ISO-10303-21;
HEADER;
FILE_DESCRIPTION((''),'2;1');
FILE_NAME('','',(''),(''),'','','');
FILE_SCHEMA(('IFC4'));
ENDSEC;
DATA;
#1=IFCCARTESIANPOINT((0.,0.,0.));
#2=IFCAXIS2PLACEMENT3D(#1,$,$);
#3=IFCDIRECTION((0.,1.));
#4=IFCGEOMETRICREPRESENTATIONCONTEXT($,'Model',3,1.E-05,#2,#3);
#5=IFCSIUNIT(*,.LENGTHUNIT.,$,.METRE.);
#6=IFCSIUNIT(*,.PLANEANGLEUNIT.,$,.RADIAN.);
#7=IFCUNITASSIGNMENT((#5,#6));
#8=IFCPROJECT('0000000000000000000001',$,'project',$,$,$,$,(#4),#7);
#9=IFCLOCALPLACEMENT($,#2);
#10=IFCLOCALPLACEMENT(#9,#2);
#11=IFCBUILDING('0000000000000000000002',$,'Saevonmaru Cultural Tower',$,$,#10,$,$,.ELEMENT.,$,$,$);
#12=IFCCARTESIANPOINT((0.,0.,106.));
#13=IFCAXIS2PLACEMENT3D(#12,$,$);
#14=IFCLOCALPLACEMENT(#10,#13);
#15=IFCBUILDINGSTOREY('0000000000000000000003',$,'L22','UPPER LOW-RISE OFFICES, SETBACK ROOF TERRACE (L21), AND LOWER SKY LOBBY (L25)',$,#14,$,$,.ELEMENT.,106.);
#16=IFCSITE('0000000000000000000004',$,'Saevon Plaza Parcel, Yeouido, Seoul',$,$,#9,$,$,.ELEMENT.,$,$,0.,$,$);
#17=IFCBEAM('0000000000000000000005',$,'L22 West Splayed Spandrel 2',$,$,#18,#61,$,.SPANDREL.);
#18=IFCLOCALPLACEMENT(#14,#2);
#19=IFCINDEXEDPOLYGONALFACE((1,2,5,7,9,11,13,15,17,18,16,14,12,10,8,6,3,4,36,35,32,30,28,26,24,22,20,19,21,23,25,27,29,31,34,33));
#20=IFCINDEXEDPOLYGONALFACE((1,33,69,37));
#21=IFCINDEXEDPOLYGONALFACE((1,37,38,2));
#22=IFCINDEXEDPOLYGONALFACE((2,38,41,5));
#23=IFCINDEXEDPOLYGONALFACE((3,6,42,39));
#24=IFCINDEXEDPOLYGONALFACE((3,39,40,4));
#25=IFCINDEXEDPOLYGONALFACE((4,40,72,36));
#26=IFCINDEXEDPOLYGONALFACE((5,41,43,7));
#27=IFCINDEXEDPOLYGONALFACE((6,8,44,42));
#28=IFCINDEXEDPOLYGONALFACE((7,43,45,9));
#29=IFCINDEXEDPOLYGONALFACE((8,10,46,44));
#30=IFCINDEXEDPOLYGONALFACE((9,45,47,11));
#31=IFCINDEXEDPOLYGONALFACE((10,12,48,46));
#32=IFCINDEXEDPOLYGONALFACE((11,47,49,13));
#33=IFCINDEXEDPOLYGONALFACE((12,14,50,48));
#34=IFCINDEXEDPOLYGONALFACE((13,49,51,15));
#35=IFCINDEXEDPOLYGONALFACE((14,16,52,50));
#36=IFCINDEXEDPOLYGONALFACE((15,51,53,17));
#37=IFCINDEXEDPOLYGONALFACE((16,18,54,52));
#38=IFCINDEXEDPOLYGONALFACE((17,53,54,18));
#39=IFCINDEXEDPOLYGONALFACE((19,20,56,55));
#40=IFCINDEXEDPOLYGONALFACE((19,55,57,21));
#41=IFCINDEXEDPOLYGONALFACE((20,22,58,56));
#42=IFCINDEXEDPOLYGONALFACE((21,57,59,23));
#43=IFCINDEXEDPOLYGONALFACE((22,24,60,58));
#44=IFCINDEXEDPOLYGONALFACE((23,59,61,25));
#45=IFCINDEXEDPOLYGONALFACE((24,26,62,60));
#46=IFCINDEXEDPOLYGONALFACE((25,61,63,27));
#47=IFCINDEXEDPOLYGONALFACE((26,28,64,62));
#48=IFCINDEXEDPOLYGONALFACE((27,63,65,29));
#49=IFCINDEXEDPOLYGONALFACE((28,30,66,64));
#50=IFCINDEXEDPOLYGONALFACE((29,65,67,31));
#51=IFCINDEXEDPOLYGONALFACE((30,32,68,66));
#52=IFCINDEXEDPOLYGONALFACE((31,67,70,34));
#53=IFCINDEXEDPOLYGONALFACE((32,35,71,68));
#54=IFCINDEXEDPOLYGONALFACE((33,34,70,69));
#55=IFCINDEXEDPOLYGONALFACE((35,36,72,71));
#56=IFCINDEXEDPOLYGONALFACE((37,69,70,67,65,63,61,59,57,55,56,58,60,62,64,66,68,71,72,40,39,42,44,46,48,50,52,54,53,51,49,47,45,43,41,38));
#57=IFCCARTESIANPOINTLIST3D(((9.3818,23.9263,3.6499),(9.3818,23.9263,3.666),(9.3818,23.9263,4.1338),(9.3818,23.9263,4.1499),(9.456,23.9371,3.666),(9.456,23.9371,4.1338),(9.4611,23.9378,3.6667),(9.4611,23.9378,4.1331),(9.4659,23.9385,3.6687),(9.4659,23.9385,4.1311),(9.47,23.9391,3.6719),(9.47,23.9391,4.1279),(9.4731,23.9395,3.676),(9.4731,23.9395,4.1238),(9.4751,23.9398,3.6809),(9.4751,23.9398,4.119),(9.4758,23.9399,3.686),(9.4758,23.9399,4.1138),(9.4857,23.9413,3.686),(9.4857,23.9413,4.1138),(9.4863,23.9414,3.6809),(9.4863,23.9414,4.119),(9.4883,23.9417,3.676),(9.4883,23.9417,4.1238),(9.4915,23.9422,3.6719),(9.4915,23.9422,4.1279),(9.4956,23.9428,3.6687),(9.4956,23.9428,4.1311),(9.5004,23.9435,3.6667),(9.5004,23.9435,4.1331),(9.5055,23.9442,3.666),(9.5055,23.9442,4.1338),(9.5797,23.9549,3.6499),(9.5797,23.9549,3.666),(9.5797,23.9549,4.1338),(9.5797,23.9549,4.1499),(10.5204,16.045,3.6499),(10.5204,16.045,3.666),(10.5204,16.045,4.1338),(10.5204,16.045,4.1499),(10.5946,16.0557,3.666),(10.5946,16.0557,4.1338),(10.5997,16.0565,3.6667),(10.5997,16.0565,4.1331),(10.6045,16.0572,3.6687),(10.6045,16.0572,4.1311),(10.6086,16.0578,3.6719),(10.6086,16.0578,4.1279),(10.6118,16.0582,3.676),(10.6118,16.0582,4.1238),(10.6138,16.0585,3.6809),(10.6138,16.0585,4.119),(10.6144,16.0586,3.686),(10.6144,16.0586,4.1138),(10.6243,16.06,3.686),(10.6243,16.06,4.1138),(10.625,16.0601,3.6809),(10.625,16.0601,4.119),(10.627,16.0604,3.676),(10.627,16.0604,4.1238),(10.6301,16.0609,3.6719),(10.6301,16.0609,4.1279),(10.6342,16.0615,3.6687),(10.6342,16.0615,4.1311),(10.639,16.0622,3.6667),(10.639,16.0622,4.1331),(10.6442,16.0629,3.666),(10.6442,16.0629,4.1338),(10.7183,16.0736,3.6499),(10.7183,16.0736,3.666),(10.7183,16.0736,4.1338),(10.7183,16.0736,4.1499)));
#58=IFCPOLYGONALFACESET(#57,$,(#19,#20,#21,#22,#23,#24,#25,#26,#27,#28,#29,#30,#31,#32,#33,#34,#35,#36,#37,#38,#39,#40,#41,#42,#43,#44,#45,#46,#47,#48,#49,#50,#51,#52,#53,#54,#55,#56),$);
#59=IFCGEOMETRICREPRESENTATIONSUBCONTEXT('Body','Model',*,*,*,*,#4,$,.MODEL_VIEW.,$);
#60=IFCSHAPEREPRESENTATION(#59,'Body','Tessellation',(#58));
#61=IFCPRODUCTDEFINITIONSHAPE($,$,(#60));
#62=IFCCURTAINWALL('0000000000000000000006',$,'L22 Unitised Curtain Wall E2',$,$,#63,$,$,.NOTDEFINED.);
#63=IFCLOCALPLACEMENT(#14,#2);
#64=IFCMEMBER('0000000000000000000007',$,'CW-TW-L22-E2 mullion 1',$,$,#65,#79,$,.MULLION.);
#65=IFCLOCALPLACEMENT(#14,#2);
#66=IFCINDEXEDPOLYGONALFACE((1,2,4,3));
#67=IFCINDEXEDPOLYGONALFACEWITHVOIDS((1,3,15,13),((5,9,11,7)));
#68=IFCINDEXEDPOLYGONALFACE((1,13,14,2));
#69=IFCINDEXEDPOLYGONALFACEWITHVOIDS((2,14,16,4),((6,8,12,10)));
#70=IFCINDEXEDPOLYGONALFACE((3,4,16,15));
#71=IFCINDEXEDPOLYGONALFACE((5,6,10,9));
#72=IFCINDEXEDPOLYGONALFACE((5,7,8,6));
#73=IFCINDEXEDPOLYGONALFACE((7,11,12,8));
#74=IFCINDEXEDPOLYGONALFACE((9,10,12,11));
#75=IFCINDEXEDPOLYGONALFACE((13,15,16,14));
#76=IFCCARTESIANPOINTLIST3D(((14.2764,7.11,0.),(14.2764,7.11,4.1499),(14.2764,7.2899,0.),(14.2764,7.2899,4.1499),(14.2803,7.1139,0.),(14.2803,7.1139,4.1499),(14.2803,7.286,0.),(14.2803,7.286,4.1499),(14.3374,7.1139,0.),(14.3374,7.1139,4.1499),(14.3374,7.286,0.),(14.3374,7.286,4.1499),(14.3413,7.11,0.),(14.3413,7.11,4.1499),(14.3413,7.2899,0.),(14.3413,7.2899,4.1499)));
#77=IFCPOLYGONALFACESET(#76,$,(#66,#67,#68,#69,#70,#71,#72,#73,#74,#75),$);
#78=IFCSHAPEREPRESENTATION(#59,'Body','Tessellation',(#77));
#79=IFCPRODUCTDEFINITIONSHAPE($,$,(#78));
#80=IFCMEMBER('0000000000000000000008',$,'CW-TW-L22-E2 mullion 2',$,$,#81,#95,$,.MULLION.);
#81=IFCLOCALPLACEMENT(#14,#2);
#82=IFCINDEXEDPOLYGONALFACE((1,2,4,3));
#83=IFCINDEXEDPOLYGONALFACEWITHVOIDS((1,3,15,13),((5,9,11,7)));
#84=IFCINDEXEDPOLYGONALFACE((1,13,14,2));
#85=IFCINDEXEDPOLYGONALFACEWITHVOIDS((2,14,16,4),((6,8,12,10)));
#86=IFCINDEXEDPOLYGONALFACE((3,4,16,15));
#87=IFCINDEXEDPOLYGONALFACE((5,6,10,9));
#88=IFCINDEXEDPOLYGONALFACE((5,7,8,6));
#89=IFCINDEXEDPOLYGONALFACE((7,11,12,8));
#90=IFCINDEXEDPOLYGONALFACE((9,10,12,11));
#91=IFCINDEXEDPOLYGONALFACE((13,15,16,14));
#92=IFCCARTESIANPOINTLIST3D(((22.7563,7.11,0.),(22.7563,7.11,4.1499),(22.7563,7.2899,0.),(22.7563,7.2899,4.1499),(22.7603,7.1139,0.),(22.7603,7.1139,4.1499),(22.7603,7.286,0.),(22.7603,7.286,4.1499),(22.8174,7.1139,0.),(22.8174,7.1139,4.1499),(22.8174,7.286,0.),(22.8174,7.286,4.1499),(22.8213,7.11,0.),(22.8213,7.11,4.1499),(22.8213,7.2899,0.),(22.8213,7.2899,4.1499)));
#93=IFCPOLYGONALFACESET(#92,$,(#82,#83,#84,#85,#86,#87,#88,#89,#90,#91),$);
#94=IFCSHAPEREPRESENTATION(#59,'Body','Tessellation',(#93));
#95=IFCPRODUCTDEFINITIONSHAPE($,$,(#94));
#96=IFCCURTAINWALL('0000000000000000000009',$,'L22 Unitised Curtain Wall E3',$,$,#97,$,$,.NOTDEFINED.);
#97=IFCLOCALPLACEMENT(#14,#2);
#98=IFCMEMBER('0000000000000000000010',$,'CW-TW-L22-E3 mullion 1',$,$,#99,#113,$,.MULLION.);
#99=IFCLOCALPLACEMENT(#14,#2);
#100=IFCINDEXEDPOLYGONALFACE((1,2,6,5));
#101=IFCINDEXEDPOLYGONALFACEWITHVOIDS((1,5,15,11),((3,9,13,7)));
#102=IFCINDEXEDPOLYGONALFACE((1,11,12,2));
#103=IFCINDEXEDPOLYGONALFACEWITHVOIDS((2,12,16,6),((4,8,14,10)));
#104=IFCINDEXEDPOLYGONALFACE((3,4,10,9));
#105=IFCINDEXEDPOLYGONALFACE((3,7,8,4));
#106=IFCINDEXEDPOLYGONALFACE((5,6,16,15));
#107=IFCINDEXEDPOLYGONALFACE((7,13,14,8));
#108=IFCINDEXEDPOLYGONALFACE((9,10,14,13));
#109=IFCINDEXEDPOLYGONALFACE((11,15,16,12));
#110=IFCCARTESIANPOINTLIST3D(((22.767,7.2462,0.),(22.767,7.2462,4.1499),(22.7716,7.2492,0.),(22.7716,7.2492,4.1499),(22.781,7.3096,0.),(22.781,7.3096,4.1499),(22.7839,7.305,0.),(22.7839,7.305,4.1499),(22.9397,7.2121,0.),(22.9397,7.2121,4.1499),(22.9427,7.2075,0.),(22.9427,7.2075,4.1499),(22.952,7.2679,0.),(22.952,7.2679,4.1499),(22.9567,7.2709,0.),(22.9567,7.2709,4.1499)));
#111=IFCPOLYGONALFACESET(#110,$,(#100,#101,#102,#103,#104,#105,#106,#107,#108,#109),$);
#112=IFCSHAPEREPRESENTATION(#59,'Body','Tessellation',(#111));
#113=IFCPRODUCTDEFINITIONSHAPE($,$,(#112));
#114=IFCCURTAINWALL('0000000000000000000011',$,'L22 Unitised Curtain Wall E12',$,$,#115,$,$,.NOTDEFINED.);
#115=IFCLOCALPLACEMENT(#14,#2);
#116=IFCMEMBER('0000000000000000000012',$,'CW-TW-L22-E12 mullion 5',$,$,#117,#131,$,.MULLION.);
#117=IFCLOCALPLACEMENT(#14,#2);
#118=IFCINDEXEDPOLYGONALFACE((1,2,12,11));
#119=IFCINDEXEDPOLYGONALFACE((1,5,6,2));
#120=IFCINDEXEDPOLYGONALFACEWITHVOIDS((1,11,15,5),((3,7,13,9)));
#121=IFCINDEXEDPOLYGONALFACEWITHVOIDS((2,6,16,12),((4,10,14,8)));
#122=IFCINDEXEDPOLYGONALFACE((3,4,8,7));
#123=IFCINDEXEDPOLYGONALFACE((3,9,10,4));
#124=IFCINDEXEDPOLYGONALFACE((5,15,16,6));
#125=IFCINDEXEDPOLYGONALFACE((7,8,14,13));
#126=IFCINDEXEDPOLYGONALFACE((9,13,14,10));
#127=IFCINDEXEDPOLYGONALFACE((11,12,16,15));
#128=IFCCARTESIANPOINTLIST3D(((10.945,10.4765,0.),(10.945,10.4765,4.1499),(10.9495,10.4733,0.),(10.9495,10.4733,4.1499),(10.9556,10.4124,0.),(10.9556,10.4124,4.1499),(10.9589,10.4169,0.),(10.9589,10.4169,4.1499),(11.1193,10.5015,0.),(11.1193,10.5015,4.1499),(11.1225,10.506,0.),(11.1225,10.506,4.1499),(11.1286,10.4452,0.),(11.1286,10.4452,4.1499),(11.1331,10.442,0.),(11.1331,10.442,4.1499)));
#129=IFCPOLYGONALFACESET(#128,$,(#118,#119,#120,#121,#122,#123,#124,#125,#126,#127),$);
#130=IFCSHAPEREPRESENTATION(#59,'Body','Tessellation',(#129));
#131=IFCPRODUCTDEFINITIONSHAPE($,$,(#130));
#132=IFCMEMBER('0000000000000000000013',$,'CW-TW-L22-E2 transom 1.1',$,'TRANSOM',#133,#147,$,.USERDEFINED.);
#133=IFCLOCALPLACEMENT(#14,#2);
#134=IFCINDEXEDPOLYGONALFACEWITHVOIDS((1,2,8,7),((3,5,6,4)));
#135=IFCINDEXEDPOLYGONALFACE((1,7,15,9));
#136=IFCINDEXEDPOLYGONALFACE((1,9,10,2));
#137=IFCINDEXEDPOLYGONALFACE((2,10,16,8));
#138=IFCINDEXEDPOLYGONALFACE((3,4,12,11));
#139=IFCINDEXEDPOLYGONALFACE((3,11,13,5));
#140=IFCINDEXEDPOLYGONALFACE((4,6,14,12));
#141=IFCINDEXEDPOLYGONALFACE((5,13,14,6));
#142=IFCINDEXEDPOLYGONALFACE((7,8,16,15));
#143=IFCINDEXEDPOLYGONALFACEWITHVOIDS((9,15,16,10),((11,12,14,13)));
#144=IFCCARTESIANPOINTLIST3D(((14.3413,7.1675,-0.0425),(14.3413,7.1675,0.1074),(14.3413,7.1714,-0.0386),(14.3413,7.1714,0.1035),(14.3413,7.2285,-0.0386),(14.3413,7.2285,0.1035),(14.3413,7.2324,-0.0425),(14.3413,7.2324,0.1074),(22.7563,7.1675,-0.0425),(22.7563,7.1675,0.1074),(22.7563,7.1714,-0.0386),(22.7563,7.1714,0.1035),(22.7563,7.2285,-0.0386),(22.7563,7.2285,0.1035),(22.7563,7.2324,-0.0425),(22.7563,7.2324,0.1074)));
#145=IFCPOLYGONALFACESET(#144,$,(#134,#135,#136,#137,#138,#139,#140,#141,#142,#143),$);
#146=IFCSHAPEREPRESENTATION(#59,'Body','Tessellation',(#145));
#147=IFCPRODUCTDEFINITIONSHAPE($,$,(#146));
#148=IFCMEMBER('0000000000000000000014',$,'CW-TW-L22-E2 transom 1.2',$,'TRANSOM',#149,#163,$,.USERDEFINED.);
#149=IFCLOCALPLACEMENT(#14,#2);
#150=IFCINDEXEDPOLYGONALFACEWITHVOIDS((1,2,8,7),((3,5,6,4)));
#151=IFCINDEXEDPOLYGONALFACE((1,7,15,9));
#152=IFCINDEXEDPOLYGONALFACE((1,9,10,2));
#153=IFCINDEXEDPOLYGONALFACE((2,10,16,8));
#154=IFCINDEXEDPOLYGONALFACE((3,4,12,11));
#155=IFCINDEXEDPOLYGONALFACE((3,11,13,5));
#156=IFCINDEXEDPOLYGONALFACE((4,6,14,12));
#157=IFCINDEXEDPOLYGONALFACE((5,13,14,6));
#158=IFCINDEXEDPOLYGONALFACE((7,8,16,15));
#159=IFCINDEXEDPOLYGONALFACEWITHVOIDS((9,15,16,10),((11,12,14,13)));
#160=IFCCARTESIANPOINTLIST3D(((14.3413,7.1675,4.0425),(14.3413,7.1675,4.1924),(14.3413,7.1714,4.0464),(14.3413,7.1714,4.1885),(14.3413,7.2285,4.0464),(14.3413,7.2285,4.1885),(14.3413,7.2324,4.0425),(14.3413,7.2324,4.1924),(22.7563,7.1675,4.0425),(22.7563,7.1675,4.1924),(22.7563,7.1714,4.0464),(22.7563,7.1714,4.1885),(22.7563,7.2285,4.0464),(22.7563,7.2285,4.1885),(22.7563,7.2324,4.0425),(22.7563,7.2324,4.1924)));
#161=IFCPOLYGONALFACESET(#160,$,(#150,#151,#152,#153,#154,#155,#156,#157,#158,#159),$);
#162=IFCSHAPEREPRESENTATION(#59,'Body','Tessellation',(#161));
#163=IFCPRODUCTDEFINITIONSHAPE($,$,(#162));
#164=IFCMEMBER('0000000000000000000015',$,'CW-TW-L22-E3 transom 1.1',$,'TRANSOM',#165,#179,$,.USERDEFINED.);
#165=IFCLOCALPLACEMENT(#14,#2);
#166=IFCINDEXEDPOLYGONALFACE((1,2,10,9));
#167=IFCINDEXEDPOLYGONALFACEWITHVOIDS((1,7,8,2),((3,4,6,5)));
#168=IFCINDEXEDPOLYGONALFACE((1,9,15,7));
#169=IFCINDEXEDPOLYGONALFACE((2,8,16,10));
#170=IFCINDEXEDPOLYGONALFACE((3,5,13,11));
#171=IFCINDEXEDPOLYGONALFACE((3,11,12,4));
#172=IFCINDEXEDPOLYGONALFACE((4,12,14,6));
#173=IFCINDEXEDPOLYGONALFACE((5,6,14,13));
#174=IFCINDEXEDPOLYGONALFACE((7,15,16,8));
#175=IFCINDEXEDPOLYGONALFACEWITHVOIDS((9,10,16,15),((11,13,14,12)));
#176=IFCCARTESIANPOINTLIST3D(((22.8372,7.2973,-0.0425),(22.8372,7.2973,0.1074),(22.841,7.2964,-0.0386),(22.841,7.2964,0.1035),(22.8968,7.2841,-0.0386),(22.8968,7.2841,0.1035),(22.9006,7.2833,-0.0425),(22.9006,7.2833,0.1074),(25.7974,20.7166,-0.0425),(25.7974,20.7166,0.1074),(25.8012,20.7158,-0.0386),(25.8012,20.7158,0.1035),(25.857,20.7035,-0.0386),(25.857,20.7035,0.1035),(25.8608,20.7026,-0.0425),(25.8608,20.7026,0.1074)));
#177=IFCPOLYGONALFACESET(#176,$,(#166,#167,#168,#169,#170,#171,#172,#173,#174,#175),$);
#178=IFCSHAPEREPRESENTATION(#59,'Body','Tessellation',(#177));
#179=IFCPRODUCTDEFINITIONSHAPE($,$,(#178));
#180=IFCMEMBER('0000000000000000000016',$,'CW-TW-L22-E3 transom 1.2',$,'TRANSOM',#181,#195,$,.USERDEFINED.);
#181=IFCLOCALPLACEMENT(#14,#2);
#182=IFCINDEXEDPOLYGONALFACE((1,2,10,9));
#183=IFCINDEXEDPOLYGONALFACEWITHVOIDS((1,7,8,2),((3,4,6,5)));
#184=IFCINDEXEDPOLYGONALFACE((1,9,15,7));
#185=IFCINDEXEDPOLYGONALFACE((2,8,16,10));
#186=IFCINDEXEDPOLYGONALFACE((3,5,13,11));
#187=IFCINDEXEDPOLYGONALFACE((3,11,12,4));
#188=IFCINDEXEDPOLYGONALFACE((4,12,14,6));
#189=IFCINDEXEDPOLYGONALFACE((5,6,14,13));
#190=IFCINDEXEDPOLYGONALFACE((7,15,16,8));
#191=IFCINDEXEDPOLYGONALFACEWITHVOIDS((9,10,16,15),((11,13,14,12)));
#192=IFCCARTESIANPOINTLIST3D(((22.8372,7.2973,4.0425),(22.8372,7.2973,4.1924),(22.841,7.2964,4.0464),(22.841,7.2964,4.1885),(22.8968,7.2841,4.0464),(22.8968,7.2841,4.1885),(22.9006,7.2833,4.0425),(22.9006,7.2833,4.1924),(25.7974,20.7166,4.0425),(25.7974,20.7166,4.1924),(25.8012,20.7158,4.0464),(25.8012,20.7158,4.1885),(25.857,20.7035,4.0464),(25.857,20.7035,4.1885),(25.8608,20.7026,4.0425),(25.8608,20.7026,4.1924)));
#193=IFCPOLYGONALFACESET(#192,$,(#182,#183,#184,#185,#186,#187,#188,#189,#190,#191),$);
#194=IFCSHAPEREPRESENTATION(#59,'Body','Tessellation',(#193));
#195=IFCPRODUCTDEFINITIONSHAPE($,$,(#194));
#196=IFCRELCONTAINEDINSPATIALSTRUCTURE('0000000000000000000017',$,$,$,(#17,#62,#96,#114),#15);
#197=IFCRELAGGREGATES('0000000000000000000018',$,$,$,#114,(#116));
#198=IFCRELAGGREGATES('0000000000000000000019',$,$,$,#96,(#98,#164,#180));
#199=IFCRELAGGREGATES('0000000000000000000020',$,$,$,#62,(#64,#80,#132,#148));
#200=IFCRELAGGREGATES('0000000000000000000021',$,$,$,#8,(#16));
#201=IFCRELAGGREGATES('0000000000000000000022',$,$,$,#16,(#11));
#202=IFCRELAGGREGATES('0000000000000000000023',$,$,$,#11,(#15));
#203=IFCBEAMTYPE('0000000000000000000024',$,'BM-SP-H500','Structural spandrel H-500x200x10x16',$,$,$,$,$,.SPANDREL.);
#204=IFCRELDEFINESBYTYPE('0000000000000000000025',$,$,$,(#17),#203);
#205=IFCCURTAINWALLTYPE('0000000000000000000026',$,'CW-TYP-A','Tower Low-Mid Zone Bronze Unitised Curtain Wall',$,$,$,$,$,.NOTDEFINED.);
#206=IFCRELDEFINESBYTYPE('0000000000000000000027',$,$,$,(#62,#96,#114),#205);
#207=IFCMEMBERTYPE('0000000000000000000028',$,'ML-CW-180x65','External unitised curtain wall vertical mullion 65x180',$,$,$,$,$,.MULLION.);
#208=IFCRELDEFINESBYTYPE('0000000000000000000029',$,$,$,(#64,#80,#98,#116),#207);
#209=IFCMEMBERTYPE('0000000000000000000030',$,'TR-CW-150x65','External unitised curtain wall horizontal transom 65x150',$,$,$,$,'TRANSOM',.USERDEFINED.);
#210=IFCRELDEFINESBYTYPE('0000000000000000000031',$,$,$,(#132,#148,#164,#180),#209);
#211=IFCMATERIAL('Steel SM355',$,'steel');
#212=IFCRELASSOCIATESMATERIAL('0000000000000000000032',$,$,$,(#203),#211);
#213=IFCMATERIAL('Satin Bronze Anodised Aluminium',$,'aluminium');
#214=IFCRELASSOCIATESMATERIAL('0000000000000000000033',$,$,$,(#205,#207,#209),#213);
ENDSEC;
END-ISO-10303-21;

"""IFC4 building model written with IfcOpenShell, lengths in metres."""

from ifc_helpers import new_model, si_unit, direction, frame, origin, origin_2d, place, context, subcontext, project, spatial, hollow_rectangle, i_section, extrude, material, material_profile, profile_set, type_object, element, aggregate, save


model = new_model("IFC4")

# Units and contexts
model_context = context("Model", 3, precision=1e-05, world=origin(), true_north=direction((0.0, 1.0)))
body_context = subcontext(model_context, "Body", "Model", "MODEL_VIEW")
ifc_project = project(units=[si_unit("LENGTHUNIT", "METRE"), si_unit("PLANEANGLEUNIT", "RADIAN")], contexts=[model_context])

# Site, building, storey
site_placement = place(None, origin())
site = spatial("IfcSite", under=ifc_project, at=site_placement, Name="Saevon Plaza Parcel, Yeouido, Seoul", CompositionType="ELEMENT", RefElevation=0.0)
building_placement = place(site_placement, origin())
building = spatial("IfcBuilding", under=site, at=building_placement, Name="Saevonmaru Cultural Tower", CompositionType="ELEMENT")
storey_placement = place(building_placement, frame((0.0, 0.0, 106.0)))
storey = spatial("IfcBuildingStorey", under=building, at=storey_placement, Name="L22", Description="UPPER LOW-RISE OFFICES, SETBACK ROOF TERRACE (L21), AND LOWER SKY LOBBY (L25)", CompositionType="ELEMENT", Elevation=106.0)

# Shared definitions
ifc_material_1 = material(Name="Steel SM355", Category="steel")

# Beam
ifc_material_profile_1 = material_profile(ifc_material_1, i_section(OverallWidth=0.2, OverallDepth=0.5, WebThickness=0.01, FlangeThickness=0.0161, FilletRadius=0.02, at=origin_2d()), Name="H-500x200x10x16")
ifc_profile_set_1 = profile_set([ifc_material_profile_1], Name="Steel SM355")
beam_type_1 = type_object("IfcBeamType", Name="BM-SP-H500", Description="Structural spandrel H-500x200x10x16", PredefinedType="SPANDREL", material=ifc_profile_set_1)
beam_1_placement = place(storey_placement, frame((10.6194, 16.0593, 3.8999), z_axis=(-0.142992, 0.989724, 0.0), x_axis=(-0.989724, -0.142992, 0.0)))
element("IfcBeam", 1, at=beam_1_placement, inside=storey, type_object=beam_type_1, Name="L22 West Splayed Spandrel 2", PredefinedType="SPANDREL", context=body_context, shape_type="SweptSolid", body=[
    extrude(i_section(OverallWidth=0.2, OverallDepth=0.5, WebThickness=0.01, FlangeThickness=0.0161, FilletRadius=0.02, at=origin_2d()), origin(), (0.0, 0.0, 1.0), 7.9631),
])

# Curtain wall, members
ifc_material_2 = material(Name="Satin Bronze Anodised Aluminium", Category="aluminium")
curtain_wall_type = type_object("IfcCurtainWallType", Name="CW-TYP-A", Description="Tower Low-Mid Zone Bronze Unitised Curtain Wall", PredefinedType="NOTDEFINED", material=ifc_material_2)
curtain_wall_1_placement = place(storey_placement, origin())
curtain_wall_1 = element("IfcCurtainWall", 2, at=curtain_wall_1_placement, inside=storey, type_object=curtain_wall_type, Name="L22 Unitised Curtain Wall E2", PredefinedType="NOTDEFINED")
ifc_material_profile_2 = material_profile(ifc_material_2, hollow_rectangle(XDim=0.0649, YDim=0.1799, WallThickness=0.0039, at=origin_2d()), Name="ALU-MULL-180x65x4")
ifc_profile_set_2 = profile_set([ifc_material_profile_2], Name="Satin Bronze Anodised Aluminium")
member_type_1 = type_object("IfcMemberType", Name="ML-CW-180x65", Description="External unitised curtain wall vertical mullion 65x180", PredefinedType="MULLION", material=ifc_profile_set_2)
member_1_placement = place(storey_placement, frame((14.3088, 7.2, 0.0), z_axis=(0.0, 0.0, 1.0), x_axis=(1.0, 0.0, 0.0)))
member_1 = element("IfcMember", 3, at=member_1_placement, type_object=member_type_1, Name="CW-TW-L22-E2 mullion 1", PredefinedType="MULLION", context=body_context, shape_type="SweptSolid", body=[
    extrude(hollow_rectangle(XDim=0.0649, YDim=0.1799, WallThickness=0.0039, at=origin_2d()), origin(), (0.0, 0.0, 1.0), 4.1499),
])
member_2_placement = place(storey_placement, frame((22.7888, 7.2, 0.0), z_axis=(0.0, 0.0, 1.0), x_axis=(1.0, 0.0, 0.0)))
member_2 = element("IfcMember", 4, at=member_2_placement, type_object=member_type_1, Name="CW-TW-L22-E2 mullion 2", PredefinedType="MULLION", context=body_context, shape_type="SweptSolid", body=[
    extrude(hollow_rectangle(XDim=0.0649, YDim=0.1799, WallThickness=0.0039, at=origin_2d()), origin(), (0.0, 0.0, 1.0), 4.1499),
])

# Curtain walls, members
curtain_wall_2_placement = place(storey_placement, origin())
curtain_wall_2 = element("IfcCurtainWall", 5, at=curtain_wall_2_placement, inside=storey, type_object=curtain_wall_type, Name="L22 Unitised Curtain Wall E3", PredefinedType="NOTDEFINED")
member_3_placement = place(storey_placement, frame((22.8618, 7.2585, 0.0), z_axis=(0.0, 0.0, 1.0), x_axis=(0.215413, 0.976523, 0.0)))
member_3 = element("IfcMember", 6, at=member_3_placement, type_object=member_type_1, Name="CW-TW-L22-E3 mullion 1", PredefinedType="MULLION", context=body_context, shape_type="SweptSolid", body=[
    extrude(hollow_rectangle(XDim=0.0649, YDim=0.1799, WallThickness=0.0039, at=origin_2d()), origin(), (0.0, 0.0, 1.0), 4.1499),
])
curtain_wall_3_placement = place(storey_placement, origin())
curtain_wall_3 = element("IfcCurtainWall", 7, at=curtain_wall_3_placement, inside=storey, type_object=curtain_wall_type, Name="L22 Unitised Curtain Wall E12", PredefinedType="NOTDEFINED")
member_4_placement = place(storey_placement, frame((11.0391, 10.4592, 0.0), z_axis=(0.0, 0.0, 1.0), x_axis=(0.163999, -0.986461, 0.0)))
member_4 = element("IfcMember", 8, at=member_4_placement, type_object=member_type_1, Name="CW-TW-L22-E12 mullion 5", PredefinedType="MULLION", context=body_context, shape_type="SweptSolid", body=[
    extrude(hollow_rectangle(XDim=0.0649, YDim=0.1799, WallThickness=0.0039, at=origin_2d()), origin(), (0.0, 0.0, 1.0), 4.1499),
])
aggregate(curtain_wall_3, [member_4])

# Members
ifc_material_profile_3 = material_profile(ifc_material_2, hollow_rectangle(XDim=0.0649, YDim=0.1499, WallThickness=0.0039, at=origin_2d()), Name="ALU-TRAN-150x65x4")
ifc_profile_set_3 = profile_set([ifc_material_profile_3], Name="Satin Bronze Anodised Aluminium")
member_type_2 = type_object("IfcMemberType", Name="TR-CW-150x65", Description="External unitised curtain wall horizontal transom 65x150", ElementType="TRANSOM", PredefinedType="USERDEFINED", material=ifc_profile_set_3)
member_5_placement = place(storey_placement, frame((14.3413, 7.2, 0.0325), z_axis=(1.0, 0.0, 0.0), x_axis=(0.0, 1.0, 0.0)))
member_5 = element("IfcMember", 9, at=member_5_placement, type_object=member_type_2, Name="CW-TW-L22-E2 transom 1.1", ObjectType="TRANSOM", PredefinedType="USERDEFINED", context=body_context, shape_type="SweptSolid", body=[
    extrude(hollow_rectangle(XDim=0.0649, YDim=0.1499, WallThickness=0.0039, at=origin_2d()), origin(), (0.0, 0.0, 1.0), 8.415),
])
member_6_placement = place(storey_placement, frame((14.3413, 7.2, 4.1174), z_axis=(1.0, 0.0, 0.0), x_axis=(0.0, 1.0, 0.0)))
member_6 = element("IfcMember", 10, at=member_6_placement, type_object=member_type_2, Name="CW-TW-L22-E2 transom 1.2", ObjectType="TRANSOM", PredefinedType="USERDEFINED", context=body_context, shape_type="SweptSolid", body=[
    extrude(hollow_rectangle(XDim=0.0649, YDim=0.1499, WallThickness=0.0039, at=origin_2d()), origin(), (0.0, 0.0, 1.0), 8.415),
])
member_7_placement = place(storey_placement, frame((22.8689, 7.2903, 0.0325), z_axis=(0.215412, 0.976523, 0.0), x_axis=(-0.976523, 0.215412, 0.0)))
member_7 = element("IfcMember", 11, at=member_7_placement, type_object=member_type_2, Name="CW-TW-L22-E3 transom 1.1", ObjectType="TRANSOM", PredefinedType="USERDEFINED", context=body_context, shape_type="SweptSolid", body=[
    extrude(hollow_rectangle(XDim=0.0649, YDim=0.1499, WallThickness=0.0039, at=origin_2d()), origin(), (0.0, 0.0, 1.0), 13.7419),
])
member_8_placement = place(storey_placement, frame((22.8689, 7.2903, 4.1174), z_axis=(0.215412, 0.976523, 0.0), x_axis=(-0.976523, 0.215412, 0.0)))
member_8 = element("IfcMember", 12, at=member_8_placement, type_object=member_type_2, Name="CW-TW-L22-E3 transom 1.2", ObjectType="TRANSOM", PredefinedType="USERDEFINED", context=body_context, shape_type="SweptSolid", body=[
    extrude(hollow_rectangle(XDim=0.0649, YDim=0.1499, WallThickness=0.0039, at=origin_2d()), origin(), (0.0, 0.0, 1.0), 13.7419),
])
aggregate(curtain_wall_2, [member_3, member_7, member_8])

aggregate(curtain_wall_1, [member_1, member_2, member_5, member_6])

save(model, "model.ifc")
